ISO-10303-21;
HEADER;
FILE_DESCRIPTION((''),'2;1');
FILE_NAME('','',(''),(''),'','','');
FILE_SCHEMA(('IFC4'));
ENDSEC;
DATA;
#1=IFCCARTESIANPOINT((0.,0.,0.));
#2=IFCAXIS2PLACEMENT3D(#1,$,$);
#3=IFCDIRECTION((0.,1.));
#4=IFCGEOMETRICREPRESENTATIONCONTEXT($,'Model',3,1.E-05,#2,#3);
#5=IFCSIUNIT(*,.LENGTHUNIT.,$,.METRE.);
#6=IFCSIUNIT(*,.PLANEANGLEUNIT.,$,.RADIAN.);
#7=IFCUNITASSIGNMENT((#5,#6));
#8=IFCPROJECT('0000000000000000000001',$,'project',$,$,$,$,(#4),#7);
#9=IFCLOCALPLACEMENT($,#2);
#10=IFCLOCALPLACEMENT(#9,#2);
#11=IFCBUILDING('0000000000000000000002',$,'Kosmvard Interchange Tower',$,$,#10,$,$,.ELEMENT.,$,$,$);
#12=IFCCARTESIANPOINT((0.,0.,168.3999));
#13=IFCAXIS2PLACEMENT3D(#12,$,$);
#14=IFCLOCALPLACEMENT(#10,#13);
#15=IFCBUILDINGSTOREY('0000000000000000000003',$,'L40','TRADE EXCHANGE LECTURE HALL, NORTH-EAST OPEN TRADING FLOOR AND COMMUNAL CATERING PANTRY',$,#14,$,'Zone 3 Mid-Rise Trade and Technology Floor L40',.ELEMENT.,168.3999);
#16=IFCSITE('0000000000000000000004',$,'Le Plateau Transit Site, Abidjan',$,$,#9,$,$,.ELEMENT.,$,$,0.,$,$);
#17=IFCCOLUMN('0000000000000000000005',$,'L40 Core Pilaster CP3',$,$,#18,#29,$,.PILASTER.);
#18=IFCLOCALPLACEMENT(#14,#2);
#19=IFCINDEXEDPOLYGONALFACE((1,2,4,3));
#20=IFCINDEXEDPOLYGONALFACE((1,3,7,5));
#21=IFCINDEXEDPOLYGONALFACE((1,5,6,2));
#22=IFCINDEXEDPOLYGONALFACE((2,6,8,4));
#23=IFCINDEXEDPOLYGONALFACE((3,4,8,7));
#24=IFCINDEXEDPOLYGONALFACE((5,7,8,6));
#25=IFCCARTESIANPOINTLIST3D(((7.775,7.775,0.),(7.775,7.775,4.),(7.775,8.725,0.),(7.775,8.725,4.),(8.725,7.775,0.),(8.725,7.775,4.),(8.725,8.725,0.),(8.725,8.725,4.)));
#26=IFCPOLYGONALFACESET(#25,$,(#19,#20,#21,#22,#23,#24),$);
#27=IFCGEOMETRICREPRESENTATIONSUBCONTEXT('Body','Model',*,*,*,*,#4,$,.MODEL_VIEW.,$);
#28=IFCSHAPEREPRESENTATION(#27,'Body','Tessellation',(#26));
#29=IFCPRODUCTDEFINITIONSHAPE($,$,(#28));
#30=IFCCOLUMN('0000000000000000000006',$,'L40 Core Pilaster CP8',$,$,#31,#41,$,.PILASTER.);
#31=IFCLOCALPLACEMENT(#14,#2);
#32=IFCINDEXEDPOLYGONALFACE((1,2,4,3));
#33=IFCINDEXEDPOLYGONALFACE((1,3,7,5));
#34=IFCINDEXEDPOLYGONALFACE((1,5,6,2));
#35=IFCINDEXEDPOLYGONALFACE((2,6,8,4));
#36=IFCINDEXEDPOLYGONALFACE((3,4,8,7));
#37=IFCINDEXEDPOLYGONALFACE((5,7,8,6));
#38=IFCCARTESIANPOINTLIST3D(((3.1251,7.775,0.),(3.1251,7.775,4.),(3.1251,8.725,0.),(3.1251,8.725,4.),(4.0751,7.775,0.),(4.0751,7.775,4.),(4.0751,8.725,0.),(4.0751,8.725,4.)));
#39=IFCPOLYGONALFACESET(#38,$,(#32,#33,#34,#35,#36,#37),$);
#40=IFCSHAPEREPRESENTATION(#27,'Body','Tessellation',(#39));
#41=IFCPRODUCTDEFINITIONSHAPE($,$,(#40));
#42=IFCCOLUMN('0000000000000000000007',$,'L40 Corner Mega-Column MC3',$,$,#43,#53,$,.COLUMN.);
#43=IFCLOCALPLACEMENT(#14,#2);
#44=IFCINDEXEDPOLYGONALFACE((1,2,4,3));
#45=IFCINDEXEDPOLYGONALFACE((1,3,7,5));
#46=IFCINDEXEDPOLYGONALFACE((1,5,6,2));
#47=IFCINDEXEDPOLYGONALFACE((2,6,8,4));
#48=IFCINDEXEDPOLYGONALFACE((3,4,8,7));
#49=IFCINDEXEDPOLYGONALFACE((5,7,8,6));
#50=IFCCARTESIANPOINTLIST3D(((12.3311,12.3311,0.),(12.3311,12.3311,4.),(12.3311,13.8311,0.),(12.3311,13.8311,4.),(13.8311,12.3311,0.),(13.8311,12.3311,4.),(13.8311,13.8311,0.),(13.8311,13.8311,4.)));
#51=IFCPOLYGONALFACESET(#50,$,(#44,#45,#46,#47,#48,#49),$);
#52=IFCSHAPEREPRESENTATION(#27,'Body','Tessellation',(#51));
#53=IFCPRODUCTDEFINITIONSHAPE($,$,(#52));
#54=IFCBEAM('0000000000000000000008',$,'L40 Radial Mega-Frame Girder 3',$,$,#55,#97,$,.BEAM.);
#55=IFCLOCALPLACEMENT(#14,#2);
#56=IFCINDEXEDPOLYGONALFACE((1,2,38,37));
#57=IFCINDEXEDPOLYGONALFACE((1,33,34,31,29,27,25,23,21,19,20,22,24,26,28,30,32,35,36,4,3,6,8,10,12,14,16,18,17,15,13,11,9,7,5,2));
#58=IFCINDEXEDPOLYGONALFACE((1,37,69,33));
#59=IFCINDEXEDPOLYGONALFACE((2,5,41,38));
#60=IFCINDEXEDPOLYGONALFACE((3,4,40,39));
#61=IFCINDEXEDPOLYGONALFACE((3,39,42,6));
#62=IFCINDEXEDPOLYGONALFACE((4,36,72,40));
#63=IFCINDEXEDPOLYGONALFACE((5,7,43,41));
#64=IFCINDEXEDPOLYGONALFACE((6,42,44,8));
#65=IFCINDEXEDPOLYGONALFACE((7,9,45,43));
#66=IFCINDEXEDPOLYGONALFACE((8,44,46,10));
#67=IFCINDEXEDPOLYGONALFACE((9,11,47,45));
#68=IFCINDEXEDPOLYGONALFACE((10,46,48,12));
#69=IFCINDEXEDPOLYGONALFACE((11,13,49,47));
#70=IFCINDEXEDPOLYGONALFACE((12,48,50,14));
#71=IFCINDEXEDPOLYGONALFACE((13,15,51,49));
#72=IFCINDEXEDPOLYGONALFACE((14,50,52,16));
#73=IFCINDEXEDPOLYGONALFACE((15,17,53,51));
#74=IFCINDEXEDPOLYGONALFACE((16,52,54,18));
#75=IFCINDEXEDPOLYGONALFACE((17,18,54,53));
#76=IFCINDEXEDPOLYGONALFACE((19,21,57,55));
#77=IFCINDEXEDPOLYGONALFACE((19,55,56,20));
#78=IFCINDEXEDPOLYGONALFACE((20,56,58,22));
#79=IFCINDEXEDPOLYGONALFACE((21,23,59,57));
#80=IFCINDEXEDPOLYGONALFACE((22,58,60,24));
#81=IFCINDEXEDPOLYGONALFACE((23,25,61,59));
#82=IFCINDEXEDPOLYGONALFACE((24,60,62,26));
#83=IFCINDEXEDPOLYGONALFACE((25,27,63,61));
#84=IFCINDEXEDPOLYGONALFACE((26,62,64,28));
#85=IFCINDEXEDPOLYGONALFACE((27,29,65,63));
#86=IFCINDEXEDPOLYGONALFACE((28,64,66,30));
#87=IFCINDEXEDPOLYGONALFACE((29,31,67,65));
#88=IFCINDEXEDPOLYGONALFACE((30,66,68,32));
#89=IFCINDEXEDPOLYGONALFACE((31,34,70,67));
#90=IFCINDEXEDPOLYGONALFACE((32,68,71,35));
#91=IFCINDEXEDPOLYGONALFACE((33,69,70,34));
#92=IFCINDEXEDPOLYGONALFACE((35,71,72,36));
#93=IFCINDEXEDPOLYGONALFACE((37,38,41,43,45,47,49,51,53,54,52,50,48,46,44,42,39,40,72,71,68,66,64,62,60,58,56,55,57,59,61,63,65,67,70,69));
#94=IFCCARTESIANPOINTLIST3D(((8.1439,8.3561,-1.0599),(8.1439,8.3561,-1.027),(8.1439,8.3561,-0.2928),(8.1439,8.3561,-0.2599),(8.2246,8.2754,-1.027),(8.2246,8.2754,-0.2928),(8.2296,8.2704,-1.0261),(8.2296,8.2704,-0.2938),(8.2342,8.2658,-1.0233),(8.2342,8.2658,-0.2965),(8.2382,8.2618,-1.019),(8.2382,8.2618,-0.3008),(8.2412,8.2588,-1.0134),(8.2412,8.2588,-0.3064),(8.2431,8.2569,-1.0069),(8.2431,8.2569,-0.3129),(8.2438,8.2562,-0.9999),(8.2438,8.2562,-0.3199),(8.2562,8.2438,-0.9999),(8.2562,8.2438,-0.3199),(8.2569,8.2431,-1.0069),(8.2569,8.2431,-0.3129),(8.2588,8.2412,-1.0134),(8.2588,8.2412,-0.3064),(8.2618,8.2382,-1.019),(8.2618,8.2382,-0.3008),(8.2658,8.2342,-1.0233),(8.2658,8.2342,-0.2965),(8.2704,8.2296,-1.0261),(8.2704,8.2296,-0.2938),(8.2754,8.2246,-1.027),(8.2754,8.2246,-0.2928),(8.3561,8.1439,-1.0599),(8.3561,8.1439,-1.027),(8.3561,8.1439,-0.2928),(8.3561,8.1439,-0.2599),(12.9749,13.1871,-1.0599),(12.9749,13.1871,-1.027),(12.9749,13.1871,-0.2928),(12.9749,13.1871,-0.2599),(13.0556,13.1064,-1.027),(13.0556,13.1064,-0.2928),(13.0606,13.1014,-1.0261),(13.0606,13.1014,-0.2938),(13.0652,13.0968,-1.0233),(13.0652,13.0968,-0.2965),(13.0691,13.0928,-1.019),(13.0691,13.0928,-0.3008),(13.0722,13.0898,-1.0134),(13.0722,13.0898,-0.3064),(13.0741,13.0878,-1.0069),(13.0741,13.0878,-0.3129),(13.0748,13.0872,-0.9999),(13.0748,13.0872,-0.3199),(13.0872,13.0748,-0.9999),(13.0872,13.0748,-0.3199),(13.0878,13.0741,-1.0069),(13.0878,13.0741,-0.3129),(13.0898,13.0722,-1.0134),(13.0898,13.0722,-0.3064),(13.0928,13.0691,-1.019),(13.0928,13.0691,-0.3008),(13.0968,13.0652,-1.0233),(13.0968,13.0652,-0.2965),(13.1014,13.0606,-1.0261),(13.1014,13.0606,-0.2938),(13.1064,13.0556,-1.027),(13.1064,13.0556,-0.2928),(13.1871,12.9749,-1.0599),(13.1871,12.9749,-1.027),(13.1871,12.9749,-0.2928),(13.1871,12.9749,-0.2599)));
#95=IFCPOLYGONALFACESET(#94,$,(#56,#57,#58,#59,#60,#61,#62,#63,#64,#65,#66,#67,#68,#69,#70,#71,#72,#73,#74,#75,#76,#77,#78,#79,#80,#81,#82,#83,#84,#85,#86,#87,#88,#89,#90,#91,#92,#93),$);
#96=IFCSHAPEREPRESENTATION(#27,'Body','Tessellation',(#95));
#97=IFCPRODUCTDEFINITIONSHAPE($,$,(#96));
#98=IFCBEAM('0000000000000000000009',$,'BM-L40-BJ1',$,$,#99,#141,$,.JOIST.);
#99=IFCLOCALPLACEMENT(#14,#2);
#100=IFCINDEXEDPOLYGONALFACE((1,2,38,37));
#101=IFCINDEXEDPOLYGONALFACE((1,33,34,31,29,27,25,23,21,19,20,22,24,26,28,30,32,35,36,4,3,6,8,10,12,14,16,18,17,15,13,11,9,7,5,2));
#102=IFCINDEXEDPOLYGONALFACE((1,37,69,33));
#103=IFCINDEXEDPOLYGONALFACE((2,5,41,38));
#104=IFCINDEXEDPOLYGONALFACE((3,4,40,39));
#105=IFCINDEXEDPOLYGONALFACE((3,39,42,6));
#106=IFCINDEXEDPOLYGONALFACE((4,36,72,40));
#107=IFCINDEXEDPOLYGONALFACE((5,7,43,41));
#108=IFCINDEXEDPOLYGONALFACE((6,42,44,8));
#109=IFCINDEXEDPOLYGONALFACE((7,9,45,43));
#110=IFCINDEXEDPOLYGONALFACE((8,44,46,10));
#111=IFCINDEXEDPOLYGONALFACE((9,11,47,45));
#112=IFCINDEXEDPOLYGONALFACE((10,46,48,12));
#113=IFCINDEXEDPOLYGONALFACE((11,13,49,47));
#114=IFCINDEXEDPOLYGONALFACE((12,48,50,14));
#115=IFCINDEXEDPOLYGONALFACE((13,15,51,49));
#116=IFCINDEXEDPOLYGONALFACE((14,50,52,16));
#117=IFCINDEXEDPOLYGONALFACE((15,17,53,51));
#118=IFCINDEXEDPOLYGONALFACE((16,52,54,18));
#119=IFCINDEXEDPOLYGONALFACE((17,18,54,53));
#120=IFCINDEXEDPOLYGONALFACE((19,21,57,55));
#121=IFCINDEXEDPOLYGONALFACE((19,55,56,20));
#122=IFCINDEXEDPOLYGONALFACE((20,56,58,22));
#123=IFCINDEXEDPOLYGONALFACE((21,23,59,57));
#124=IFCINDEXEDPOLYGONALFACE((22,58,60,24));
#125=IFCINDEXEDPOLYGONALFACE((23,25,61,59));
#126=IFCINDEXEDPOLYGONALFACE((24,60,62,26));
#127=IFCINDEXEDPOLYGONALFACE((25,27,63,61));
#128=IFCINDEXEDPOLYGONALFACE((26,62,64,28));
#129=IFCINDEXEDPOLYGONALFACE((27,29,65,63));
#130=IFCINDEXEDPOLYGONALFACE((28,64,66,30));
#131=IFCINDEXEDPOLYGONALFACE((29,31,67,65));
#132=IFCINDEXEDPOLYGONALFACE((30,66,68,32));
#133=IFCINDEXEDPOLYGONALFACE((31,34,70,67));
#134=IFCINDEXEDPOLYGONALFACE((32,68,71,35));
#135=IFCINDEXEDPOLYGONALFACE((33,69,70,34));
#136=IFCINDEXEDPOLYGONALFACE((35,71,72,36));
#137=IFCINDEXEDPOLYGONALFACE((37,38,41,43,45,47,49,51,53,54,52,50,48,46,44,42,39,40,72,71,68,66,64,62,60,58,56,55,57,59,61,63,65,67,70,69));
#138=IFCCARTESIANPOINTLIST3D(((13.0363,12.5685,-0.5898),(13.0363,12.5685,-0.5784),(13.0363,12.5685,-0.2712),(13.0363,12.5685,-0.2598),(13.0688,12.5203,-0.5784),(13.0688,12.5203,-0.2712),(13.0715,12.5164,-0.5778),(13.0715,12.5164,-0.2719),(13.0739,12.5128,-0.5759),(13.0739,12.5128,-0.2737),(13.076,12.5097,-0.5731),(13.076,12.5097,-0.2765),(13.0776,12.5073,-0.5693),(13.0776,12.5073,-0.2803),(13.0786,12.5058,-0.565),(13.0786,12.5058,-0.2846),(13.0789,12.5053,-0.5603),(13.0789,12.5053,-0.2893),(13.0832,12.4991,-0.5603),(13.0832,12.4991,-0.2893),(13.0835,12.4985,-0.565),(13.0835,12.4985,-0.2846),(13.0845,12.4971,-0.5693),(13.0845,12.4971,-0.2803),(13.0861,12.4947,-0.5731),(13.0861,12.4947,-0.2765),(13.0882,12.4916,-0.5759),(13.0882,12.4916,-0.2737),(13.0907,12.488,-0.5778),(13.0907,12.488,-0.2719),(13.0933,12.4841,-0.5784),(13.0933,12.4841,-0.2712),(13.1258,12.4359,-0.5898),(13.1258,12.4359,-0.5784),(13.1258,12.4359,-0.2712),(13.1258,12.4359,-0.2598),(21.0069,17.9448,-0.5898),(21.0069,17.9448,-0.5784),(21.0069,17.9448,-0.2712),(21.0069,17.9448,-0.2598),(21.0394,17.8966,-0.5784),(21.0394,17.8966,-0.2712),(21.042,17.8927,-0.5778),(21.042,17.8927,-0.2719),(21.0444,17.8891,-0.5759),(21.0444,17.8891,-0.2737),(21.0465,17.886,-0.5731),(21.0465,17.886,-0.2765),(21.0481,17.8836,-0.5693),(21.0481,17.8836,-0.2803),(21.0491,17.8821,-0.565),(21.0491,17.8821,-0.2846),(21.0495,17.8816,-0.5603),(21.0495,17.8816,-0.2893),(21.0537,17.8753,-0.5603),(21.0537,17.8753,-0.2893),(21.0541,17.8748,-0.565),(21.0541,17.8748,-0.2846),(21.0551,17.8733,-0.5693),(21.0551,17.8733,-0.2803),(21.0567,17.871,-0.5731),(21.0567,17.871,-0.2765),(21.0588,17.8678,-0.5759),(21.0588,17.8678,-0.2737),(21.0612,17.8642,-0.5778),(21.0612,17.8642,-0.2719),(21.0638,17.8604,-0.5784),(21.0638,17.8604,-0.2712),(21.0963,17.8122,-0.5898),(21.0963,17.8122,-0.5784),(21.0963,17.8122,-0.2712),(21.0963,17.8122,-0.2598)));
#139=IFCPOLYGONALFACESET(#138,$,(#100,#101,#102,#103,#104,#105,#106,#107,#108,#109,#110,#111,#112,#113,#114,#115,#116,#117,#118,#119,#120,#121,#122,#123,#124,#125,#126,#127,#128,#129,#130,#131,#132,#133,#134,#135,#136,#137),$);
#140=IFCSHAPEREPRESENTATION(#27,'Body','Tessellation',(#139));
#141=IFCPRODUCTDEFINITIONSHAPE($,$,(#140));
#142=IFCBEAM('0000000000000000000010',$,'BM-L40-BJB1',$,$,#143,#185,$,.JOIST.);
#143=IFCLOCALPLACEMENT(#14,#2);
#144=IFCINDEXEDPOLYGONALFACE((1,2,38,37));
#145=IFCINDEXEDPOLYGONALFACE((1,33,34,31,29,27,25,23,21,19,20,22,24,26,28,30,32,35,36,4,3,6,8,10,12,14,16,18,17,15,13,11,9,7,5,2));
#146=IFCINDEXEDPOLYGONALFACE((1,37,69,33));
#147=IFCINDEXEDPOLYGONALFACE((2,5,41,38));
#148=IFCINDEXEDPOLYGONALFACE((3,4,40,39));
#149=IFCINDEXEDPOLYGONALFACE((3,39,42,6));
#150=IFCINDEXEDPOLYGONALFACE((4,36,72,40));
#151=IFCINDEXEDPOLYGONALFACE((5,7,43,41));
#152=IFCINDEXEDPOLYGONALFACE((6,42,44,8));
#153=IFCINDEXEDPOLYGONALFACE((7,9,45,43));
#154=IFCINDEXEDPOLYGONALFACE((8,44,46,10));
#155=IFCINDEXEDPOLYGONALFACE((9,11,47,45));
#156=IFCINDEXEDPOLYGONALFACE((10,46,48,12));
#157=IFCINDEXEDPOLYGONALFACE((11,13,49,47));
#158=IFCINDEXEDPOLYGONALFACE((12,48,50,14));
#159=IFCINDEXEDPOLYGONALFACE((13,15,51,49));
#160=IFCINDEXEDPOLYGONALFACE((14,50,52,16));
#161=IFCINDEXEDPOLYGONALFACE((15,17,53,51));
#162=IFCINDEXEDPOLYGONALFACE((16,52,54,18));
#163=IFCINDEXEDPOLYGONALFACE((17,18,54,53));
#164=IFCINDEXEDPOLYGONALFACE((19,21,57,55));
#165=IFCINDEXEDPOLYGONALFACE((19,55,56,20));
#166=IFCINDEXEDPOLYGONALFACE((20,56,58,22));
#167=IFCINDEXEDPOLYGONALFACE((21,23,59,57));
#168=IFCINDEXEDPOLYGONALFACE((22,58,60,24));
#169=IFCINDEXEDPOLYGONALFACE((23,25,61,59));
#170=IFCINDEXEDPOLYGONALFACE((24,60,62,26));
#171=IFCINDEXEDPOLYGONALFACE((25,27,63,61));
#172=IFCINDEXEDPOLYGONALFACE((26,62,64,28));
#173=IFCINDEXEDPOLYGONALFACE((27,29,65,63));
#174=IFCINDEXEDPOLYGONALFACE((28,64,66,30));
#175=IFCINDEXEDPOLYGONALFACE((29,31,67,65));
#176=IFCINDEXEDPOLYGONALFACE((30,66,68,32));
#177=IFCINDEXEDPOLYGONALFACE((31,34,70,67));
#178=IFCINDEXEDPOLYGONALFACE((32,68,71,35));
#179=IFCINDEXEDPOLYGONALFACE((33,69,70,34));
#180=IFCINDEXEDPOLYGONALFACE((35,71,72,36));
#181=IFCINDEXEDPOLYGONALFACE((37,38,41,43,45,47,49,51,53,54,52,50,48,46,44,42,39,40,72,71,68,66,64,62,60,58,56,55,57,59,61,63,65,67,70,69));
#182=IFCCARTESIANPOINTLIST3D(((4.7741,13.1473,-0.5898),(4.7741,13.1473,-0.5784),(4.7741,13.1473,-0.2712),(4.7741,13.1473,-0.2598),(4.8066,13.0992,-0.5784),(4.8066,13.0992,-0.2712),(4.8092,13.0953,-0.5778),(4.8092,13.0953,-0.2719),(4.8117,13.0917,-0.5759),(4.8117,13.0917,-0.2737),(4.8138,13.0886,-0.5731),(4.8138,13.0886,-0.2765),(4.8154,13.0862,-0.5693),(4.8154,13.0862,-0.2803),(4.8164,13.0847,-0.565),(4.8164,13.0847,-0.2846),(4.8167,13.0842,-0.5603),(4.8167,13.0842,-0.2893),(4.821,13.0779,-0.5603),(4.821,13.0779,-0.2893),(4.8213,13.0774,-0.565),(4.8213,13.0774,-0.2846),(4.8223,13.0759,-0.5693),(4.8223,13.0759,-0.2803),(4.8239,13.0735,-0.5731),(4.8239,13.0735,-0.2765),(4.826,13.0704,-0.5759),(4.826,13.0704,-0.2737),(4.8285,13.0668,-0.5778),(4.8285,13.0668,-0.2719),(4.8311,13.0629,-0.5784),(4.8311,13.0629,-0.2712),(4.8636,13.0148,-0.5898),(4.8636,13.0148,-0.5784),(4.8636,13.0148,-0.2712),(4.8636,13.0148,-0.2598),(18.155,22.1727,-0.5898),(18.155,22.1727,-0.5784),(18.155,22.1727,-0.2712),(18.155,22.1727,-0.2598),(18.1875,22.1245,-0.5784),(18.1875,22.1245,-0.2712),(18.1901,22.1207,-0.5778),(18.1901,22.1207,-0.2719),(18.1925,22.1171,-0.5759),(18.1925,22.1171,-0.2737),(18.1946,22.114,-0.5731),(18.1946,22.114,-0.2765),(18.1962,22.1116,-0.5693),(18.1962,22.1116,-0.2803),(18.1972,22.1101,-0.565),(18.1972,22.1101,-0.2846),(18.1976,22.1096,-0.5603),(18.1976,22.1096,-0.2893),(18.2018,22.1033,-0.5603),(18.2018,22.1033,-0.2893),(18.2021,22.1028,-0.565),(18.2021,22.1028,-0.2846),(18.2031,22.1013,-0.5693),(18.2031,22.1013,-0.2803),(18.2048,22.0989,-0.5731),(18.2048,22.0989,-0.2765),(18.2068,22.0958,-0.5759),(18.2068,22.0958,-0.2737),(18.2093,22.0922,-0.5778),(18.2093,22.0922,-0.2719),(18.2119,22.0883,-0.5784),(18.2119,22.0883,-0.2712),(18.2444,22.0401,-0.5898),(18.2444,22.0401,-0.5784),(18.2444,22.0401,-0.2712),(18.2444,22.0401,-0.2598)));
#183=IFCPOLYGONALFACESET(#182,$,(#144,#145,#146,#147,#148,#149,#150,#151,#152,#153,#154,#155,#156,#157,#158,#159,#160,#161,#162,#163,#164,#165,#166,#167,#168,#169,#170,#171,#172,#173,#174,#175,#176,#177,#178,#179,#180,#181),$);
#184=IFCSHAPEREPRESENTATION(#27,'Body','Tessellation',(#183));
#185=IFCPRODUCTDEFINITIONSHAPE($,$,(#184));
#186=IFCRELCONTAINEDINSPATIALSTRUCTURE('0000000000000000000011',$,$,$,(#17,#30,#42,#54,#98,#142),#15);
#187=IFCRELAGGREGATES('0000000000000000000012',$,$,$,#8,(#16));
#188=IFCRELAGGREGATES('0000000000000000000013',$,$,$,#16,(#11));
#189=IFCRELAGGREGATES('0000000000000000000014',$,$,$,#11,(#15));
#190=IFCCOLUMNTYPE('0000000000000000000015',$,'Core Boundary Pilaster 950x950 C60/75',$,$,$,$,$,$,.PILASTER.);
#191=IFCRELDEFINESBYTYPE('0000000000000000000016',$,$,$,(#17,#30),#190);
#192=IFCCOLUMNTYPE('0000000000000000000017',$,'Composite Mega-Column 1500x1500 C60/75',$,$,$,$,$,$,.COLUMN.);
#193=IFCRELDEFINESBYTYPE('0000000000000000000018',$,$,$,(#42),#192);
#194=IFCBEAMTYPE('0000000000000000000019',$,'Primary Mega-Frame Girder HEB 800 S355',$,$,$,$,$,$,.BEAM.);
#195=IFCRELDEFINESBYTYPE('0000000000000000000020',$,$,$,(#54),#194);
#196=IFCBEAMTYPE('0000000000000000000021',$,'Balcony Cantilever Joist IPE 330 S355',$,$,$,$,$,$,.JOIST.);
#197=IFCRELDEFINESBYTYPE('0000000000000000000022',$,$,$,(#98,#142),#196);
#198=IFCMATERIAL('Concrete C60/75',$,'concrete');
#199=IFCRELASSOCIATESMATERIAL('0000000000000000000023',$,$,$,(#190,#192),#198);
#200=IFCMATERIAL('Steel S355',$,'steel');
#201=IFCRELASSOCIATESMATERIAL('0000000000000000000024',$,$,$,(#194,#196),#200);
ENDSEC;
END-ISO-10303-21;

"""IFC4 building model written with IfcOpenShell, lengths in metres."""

from ifc_helpers import new_model, si_unit, direction, frame, origin, origin_2d, place, context, subcontext, project, spatial, rectangle, i_section, extrude, source, transform, mapped, material, material_profile, profile_set, type_object, element, save


model = new_model("IFC4")

# Units and contexts
model_context = context("Model", 3, precision=1e-05, world=origin(), true_north=direction((0.0, 1.0)))
body_context = subcontext(model_context, "Body", "Model", "MODEL_VIEW")
ifc_project = project(units=[si_unit("LENGTHUNIT", "METRE"), si_unit("PLANEANGLEUNIT", "RADIAN")], contexts=[model_context])

# Site, building, storey
site_placement = place(None, origin())
site = spatial("IfcSite", under=ifc_project, at=site_placement, Name="Le Plateau Transit Site, Abidjan", CompositionType="ELEMENT", RefElevation=0.0)
building_placement = place(site_placement, origin())
building = spatial("IfcBuilding", under=site, at=building_placement, Name="Kosmvard Interchange Tower", CompositionType="ELEMENT")
storey_placement = place(building_placement, frame((0.0, 0.0, 168.3999)))
storey = spatial("IfcBuildingStorey", under=building, at=storey_placement, Name="L40", Description="TRADE EXCHANGE LECTURE HALL, NORTH-EAST OPEN TRADING FLOOR AND COMMUNAL CATERING PANTRY", LongName="Zone 3 Mid-Rise Trade and Technology Floor L40", CompositionType="ELEMENT", Elevation=168.3999)

# Columns
ifc_material_1 = material(Name="Concrete C60/75", Category="concrete")
ifc_material_profile_1 = material_profile(ifc_material_1, rectangle(XDim=0.95, YDim=0.95, at=origin_2d()), Name="CP 950x950")
ifc_profile_set_1 = profile_set([ifc_material_profile_1], Name="Concrete C60/75")
column_type_1 = type_object("IfcColumnType", Name="Core Boundary Pilaster 950x950 C60/75", PredefinedType="PILASTER", material=ifc_profile_set_1)
shared_shape_1 = source(origin(), body_context, "Body", "SweptSolid", [
    extrude(rectangle(XDim=0.95, YDim=0.95, at=origin_2d()), origin(), (0.0, 0.0, 1.0), 4.0),
])
for number, where, z_axis, x_axis, name in (
    (1, (8.25, 8.25, 0.0), (0.0, 0.0, 1.0), (1.0, 0.0, 0.0), "L40 Core Pilaster CP3"),
    (2, (3.6001, 8.25, 0.0), (0.0, 0.0, 1.0), (1.0, 0.0, 0.0), "L40 Core Pilaster CP8"),
):
    element("IfcColumn", number, at=place(storey_placement, frame(where, z_axis=z_axis, x_axis=x_axis)), inside=storey, type_object=column_type_1, Name=name, PredefinedType="PILASTER", context=body_context, shape_type="MappedRepresentation", body=[
        mapped(shared_shape_1, transform((0.0, 0.0, 0.0), scale=1.0)),
    ])
ifc_material_profile_2 = material_profile(ifc_material_1, rectangle(XDim=1.5, YDim=1.5, at=origin_2d()), Name="MC 1500x1500")
ifc_profile_set_2 = profile_set([ifc_material_profile_2], Name="Concrete C60/75")
column_type_2 = type_object("IfcColumnType", Name="Composite Mega-Column 1500x1500 C60/75", PredefinedType="COLUMN", material=ifc_profile_set_2)
shared_shape_2 = source(origin(), body_context, "Body", "SweptSolid", [
    extrude(rectangle(XDim=1.5, YDim=1.5, at=origin_2d()), origin(), (0.0, 0.0, 1.0), 4.0),
])
column_placement = place(storey_placement, frame((13.0811, 13.0811, 0.0), z_axis=(0.0, 0.0, 1.0), x_axis=(1.0, 0.0, 0.0)))
element("IfcColumn", 3, at=column_placement, inside=storey, type_object=column_type_2, Name="L40 Corner Mega-Column MC3", PredefinedType="COLUMN", context=body_context, shape_type="MappedRepresentation", body=[
    mapped(shared_shape_2, transform((0.0, 0.0, 0.0), scale=1.0)),
])

# Beams
ifc_material_2 = material(Name="Steel S355", Category="steel")
ifc_material_profile_3 = material_profile(ifc_material_2, i_section(OverallWidth=0.3, OverallDepth=0.8, WebThickness=0.0176, FlangeThickness=0.033, FilletRadius=0.0271, at=origin_2d()), Name="HEB 800")
ifc_profile_set_3 = profile_set([ifc_material_profile_3], Name="Steel S355")
beam_type_1 = type_object("IfcBeamType", Name="Primary Mega-Frame Girder HEB 800 S355", PredefinedType="BEAM", material=ifc_profile_set_3)
shared_shape_3 = source(origin(), body_context, "Body", "SweptSolid", [
    extrude(i_section(OverallWidth=0.3, OverallDepth=0.8, WebThickness=0.0176, FlangeThickness=0.033, FilletRadius=0.0271, at=origin_2d()), origin(), (0.0, 0.0, 1.0), 6.832),
])
beam_1_placement = place(storey_placement, frame((8.25, 8.25, -0.6599), z_axis=(0.707107, 0.707107, 0.0), x_axis=(-0.707107, 0.707107, 0.0)))
element("IfcBeam", 4, at=beam_1_placement, inside=storey, type_object=beam_type_1, Name="L40 Radial Mega-Frame Girder 3", PredefinedType="BEAM", context=body_context, shape_type="MappedRepresentation", body=[
    mapped(shared_shape_3, transform((0.0, 0.0, 0.0), scale=1.0)),
])
ifc_material_profile_4 = material_profile(ifc_material_2, i_section(OverallWidth=0.1599, OverallDepth=0.3301, WebThickness=0.0076, FlangeThickness=0.0115, FilletRadius=0.0181, at=origin_2d()), Name="IPE 330")
ifc_profile_set_4 = profile_set([ifc_material_profile_4], Name="Steel S355")
beam_type_2 = type_object("IfcBeamType", Name="Balcony Cantilever Joist IPE 330 S355", PredefinedType="JOIST", material=ifc_profile_set_4)
shared_shape_4 = source(origin(), body_context, "Body", "SweptSolid", [
    extrude(i_section(OverallWidth=0.1599, OverallDepth=0.3301, WebThickness=0.0076, FlangeThickness=0.0115, FilletRadius=0.0181, at=origin_2d()), origin(), (0.0, 0.0, 1.0), 9.6143),
])
beam_2_placement = place(storey_placement, frame((13.0811, 12.5022, -0.4248), z_axis=(0.829034, 0.559198, 0.0), x_axis=(-0.559198, 0.829034, 0.0)))
element("IfcBeam", 5, at=beam_2_placement, inside=storey, type_object=beam_type_2, Name="BM-L40-BJ1", PredefinedType="JOIST", context=body_context, shape_type="MappedRepresentation", body=[
    mapped(shared_shape_4, transform((0.0, 0.0, 0.0), scale=1.0)),
])
shared_shape_5 = source(origin(), body_context, "Body", "SweptSolid", [
    extrude(i_section(OverallWidth=0.1599, OverallDepth=0.3301, WebThickness=0.0076, FlangeThickness=0.0115, FilletRadius=0.0181, at=origin_2d()), origin(), (0.0, 0.0, 1.0), 16.1401),
])
beam_3_placement = place(storey_placement, frame((4.8188, 13.0811, -0.4248), z_axis=(0.829041, 0.559188, 0.0), x_axis=(-0.559188, 0.829041, 0.0)))
element("IfcBeam", 6, at=beam_3_placement, inside=storey, type_object=beam_type_2, Name="BM-L40-BJB1", PredefinedType="JOIST", context=body_context, shape_type="MappedRepresentation", body=[
    mapped(shared_shape_5, transform((0.0, 0.0, 0.0), scale=1.0)),
])

save(model, "model.ifc")
